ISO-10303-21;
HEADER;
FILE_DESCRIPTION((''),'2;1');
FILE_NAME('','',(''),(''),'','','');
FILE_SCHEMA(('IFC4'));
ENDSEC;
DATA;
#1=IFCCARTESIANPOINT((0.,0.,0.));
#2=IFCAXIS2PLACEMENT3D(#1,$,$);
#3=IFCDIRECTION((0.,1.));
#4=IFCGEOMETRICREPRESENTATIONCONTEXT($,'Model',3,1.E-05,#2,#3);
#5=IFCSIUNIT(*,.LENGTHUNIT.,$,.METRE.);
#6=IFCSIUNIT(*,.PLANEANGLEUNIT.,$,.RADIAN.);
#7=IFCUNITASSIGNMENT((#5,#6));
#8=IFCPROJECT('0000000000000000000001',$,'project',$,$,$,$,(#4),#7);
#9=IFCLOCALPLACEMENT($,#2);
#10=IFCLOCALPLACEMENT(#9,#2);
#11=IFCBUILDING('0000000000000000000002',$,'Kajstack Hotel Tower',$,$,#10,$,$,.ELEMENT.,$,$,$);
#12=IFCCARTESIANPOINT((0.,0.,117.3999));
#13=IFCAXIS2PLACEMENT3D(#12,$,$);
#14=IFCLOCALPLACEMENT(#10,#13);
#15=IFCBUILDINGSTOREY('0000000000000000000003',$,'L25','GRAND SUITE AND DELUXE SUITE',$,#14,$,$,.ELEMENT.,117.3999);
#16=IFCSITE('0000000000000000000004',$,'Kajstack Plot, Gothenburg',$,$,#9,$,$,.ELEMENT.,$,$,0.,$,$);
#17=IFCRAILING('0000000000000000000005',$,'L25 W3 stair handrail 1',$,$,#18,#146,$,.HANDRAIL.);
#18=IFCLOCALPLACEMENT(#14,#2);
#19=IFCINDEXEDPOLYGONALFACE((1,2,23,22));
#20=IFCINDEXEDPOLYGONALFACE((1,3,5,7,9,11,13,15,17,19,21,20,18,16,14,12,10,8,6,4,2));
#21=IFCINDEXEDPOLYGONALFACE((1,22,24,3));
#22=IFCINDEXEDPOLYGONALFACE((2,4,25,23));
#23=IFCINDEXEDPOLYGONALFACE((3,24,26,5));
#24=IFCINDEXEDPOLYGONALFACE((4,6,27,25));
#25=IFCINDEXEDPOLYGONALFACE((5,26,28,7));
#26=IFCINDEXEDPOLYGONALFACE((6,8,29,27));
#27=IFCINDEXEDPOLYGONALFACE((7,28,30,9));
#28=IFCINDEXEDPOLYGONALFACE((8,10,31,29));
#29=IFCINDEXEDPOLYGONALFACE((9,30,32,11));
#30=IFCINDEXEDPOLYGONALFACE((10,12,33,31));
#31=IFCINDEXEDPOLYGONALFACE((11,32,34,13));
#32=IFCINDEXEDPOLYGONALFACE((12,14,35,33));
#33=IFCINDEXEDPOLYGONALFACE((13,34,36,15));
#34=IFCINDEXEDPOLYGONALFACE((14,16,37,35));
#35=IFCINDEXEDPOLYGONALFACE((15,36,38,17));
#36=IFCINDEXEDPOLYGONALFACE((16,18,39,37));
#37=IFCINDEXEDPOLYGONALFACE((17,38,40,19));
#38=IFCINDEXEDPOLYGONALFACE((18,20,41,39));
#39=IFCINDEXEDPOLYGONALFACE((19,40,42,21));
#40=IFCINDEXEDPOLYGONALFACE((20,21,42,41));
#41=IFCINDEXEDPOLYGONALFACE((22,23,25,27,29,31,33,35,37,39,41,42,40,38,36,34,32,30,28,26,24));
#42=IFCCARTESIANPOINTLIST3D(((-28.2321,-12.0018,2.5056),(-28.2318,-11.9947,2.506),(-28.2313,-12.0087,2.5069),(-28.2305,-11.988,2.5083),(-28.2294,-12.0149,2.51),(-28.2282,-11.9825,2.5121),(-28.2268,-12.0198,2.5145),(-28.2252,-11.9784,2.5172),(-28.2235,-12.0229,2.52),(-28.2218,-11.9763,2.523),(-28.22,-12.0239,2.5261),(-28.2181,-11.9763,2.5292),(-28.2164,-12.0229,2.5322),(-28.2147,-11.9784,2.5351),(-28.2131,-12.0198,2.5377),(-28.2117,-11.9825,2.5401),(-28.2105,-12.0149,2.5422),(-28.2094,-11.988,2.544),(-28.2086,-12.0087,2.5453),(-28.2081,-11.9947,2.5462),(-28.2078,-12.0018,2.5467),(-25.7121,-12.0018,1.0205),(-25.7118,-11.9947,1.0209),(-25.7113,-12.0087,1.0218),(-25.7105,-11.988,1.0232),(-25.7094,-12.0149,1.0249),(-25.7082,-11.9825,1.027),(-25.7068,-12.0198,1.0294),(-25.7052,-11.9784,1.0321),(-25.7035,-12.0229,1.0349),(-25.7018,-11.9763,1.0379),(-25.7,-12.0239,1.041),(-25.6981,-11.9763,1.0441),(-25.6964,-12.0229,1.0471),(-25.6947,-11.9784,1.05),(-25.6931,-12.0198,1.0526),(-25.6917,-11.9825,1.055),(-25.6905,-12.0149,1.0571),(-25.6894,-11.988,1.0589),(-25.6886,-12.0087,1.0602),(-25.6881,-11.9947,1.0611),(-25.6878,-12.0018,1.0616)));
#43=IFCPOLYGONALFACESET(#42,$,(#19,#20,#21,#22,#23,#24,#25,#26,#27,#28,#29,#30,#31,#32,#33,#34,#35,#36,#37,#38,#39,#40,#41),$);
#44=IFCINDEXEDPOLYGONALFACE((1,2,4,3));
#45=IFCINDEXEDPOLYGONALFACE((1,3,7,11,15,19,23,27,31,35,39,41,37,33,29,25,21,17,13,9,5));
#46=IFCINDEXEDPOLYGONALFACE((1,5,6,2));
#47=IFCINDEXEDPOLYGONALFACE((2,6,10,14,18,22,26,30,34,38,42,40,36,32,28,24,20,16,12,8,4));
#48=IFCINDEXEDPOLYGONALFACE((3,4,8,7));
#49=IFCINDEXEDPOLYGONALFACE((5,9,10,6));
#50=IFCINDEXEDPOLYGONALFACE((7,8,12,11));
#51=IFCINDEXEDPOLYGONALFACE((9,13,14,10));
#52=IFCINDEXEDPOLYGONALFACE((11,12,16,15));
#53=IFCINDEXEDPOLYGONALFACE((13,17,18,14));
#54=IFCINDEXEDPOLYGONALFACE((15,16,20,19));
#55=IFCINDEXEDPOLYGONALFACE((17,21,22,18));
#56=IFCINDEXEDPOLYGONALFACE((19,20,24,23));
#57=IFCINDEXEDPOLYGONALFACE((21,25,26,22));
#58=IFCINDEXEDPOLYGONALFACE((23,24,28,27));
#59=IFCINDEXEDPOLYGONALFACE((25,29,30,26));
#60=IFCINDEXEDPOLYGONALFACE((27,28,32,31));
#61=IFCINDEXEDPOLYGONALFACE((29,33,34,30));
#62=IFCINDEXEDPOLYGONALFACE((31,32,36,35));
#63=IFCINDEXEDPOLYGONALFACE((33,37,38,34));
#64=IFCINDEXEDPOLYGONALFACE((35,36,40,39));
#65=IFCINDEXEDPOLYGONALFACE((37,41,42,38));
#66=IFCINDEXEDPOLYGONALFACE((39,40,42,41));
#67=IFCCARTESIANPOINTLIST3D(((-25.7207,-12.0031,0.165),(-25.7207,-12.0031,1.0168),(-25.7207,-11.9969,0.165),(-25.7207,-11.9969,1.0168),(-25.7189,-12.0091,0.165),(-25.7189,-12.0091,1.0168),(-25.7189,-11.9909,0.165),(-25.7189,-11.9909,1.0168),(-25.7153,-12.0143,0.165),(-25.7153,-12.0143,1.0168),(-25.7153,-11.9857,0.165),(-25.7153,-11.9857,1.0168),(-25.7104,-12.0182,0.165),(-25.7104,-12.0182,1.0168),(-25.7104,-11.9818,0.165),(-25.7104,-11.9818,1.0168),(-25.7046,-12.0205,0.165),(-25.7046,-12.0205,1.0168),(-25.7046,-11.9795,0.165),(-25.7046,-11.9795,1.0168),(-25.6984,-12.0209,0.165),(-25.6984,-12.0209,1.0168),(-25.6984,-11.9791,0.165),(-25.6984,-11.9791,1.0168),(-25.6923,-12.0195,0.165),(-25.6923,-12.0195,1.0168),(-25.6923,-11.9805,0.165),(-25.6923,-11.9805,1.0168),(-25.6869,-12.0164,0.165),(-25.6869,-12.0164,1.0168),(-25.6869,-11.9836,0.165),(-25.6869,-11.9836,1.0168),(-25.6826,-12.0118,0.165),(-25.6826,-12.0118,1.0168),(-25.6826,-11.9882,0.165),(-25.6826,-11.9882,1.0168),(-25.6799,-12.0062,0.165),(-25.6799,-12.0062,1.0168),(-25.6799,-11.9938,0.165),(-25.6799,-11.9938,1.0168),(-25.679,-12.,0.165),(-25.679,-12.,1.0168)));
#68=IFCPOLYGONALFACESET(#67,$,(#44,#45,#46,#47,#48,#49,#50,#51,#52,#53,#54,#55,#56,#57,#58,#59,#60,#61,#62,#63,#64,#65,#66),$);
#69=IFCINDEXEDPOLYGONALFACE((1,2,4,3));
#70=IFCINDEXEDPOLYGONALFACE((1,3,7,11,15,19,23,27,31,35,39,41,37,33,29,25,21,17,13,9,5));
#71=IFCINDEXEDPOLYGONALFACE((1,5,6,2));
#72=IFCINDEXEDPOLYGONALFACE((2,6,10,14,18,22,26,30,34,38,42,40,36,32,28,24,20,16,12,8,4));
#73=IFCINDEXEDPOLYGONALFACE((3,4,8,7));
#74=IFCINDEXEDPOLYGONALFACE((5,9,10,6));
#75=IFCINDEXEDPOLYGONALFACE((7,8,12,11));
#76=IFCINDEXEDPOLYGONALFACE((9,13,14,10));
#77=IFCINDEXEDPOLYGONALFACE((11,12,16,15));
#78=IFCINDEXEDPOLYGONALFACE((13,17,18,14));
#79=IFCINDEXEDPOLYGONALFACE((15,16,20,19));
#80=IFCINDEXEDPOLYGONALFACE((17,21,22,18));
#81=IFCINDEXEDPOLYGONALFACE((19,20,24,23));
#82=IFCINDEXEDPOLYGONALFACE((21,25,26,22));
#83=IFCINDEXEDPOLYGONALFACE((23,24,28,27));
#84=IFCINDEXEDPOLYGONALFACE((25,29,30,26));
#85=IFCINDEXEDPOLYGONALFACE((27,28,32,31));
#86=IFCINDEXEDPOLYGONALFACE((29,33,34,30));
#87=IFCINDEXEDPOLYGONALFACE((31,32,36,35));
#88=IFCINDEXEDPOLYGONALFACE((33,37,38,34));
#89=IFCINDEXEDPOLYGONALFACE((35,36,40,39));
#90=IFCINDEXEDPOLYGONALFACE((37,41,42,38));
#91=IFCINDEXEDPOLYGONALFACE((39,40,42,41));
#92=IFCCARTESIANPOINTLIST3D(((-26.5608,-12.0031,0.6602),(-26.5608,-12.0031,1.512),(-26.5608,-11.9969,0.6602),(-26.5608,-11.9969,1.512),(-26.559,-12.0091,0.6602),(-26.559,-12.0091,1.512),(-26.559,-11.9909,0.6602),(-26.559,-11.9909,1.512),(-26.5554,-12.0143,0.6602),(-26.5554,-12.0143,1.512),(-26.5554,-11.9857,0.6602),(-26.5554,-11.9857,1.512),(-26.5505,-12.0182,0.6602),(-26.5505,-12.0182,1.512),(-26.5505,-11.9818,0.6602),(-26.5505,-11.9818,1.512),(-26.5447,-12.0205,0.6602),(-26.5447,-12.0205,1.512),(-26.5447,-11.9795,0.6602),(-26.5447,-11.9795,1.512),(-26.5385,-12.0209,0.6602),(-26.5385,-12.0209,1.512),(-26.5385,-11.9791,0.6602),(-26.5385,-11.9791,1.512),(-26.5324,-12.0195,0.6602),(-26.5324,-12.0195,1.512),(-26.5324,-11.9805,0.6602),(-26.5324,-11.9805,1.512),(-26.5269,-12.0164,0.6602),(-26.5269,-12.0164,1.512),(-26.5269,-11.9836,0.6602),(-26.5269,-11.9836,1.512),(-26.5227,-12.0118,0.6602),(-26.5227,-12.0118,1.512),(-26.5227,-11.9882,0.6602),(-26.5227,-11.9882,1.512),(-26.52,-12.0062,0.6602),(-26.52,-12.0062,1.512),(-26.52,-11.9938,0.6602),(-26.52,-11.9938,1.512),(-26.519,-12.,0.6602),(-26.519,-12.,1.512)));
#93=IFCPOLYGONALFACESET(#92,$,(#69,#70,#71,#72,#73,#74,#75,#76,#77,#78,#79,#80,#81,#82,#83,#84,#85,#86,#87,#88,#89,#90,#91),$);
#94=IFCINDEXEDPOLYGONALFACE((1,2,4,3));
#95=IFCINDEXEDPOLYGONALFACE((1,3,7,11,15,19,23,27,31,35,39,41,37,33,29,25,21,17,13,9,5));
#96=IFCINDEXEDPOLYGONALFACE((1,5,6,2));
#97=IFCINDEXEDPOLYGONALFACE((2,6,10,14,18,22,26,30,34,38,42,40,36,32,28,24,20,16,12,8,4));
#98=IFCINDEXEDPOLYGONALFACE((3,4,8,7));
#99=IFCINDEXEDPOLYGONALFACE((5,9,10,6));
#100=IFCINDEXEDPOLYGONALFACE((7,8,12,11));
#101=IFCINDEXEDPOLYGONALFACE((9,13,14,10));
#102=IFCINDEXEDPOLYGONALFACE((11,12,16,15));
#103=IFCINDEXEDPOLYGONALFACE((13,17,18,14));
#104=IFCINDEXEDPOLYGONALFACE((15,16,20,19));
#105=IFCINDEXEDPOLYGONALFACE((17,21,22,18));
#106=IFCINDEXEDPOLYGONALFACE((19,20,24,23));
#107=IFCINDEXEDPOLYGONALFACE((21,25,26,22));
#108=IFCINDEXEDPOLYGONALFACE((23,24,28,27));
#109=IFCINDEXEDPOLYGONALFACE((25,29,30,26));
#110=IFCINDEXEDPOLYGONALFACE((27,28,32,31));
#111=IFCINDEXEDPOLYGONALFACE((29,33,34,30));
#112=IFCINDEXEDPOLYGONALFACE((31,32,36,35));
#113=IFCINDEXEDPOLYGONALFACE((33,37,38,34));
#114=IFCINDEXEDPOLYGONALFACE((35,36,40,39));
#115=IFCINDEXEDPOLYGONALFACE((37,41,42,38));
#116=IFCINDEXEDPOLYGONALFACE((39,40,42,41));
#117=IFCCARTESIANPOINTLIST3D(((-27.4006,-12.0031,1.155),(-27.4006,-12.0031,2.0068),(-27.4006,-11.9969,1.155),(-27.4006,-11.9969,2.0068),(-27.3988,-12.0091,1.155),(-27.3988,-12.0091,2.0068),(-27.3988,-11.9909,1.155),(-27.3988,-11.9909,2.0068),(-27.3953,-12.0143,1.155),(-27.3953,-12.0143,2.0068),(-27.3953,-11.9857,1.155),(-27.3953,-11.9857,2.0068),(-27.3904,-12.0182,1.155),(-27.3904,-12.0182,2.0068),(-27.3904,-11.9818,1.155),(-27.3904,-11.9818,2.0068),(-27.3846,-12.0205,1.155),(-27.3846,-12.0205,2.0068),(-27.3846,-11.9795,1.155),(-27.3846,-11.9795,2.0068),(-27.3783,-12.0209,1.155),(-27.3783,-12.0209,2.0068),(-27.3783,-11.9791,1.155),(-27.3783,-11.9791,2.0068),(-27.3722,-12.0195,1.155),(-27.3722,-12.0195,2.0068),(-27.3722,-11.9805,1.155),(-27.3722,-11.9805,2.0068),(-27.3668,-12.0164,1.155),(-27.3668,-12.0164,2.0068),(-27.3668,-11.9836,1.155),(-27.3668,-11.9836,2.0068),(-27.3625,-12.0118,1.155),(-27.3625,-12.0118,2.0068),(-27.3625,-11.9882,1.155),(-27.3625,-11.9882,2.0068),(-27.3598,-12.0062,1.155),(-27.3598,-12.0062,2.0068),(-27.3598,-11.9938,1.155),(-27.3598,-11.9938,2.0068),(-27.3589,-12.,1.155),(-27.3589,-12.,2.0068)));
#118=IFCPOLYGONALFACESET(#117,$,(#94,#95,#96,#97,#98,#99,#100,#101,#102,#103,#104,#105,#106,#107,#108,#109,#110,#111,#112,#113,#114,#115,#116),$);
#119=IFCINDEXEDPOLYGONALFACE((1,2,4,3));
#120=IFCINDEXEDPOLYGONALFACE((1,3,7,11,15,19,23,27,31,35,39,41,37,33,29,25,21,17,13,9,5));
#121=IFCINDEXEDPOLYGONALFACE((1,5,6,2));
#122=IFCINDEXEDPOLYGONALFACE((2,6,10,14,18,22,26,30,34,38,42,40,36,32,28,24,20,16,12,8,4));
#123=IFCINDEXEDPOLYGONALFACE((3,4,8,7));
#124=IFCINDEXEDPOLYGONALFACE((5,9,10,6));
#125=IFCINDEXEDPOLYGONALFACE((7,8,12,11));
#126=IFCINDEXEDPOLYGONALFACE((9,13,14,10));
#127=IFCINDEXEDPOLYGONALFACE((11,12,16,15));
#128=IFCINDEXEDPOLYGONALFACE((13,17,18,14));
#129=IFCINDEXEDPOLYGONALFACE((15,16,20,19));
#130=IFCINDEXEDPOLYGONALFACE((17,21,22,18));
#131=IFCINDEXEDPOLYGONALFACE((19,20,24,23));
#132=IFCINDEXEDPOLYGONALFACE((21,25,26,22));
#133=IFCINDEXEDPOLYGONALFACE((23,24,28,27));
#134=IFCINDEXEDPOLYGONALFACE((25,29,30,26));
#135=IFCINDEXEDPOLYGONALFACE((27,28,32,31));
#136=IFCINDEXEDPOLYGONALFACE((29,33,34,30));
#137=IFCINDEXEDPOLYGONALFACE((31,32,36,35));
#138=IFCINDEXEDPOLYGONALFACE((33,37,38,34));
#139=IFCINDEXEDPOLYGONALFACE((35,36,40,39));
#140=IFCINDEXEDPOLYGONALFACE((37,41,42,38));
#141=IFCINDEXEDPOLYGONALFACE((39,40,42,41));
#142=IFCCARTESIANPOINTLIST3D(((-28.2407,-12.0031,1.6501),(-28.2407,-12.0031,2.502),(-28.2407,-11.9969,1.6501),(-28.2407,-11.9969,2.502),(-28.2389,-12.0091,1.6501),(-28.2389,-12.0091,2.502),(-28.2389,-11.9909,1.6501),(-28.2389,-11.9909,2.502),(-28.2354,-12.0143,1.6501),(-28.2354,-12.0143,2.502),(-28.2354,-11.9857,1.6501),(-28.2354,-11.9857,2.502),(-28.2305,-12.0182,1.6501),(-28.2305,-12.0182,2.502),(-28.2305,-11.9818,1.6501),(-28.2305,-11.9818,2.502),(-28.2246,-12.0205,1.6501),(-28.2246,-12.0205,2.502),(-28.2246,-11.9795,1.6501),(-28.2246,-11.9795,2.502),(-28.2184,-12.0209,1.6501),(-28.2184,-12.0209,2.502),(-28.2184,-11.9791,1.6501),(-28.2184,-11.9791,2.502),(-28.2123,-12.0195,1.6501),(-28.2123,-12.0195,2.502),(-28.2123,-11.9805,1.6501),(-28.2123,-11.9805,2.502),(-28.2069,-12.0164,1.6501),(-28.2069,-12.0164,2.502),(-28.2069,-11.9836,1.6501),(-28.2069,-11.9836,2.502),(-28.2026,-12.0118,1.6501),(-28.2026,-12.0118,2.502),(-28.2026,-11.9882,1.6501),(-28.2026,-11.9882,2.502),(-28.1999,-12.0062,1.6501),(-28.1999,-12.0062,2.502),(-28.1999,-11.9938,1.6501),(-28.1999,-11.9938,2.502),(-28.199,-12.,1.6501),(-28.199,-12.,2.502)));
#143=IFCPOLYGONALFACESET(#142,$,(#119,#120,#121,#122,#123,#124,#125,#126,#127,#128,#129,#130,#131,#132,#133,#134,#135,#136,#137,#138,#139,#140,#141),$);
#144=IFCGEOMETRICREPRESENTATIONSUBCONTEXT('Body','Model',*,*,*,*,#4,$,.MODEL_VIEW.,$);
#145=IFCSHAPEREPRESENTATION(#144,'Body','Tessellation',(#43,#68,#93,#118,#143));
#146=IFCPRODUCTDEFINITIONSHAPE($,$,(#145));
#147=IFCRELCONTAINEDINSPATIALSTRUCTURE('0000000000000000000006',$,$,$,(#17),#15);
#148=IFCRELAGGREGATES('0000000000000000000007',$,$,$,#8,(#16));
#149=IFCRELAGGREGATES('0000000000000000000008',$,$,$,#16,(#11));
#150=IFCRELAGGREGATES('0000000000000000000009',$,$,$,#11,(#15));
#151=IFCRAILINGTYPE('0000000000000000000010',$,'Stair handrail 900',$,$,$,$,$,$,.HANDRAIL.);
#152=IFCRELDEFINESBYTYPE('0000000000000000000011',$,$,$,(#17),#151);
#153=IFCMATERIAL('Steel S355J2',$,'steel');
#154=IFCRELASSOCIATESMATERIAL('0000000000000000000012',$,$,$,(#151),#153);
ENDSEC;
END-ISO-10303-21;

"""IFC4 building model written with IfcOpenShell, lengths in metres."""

from ifc_helpers import new_model, si_unit, direction, frame, origin, origin_2d, place, context, subcontext, project, spatial, circle, extrude, material, type_object, element, save


model = new_model("IFC4")

# Units and contexts
model_context = context("Model", 3, precision=1e-05, world=origin(), true_north=direction((0.0, 1.0)))
body_context = subcontext(model_context, "Body", "Model", "MODEL_VIEW")
ifc_project = project(units=[si_unit("LENGTHUNIT", "METRE"), si_unit("PLANEANGLEUNIT", "RADIAN")], contexts=[model_context])

# Site, building, storey
site_placement = place(None, origin())
site = spatial("IfcSite", under=ifc_project, at=site_placement, Name="Kajstack Plot, Gothenburg", CompositionType="ELEMENT", RefElevation=0.0)
building_placement = place(site_placement, origin())
building = spatial("IfcBuilding", under=site, at=building_placement, Name="Kajstack Hotel Tower", CompositionType="ELEMENT")
storey_placement = place(building_placement, frame((0.0, 0.0, 117.3999)))
storey = spatial("IfcBuildingStorey", under=building, at=storey_placement, Name="L25", Description="GRAND SUITE AND DELUXE SUITE", CompositionType="ELEMENT", Elevation=117.3999)

# Railing
ifc_material_1 = material(Name="Steel S355J2", Category="steel")
railing_type_1 = type_object("IfcRailingType", Name="Stair handrail 900", PredefinedType="HANDRAIL", material=ifc_material_1)
railing_1_placement = place(storey_placement, frame((-25.7, -12.0, 0.165)))
element("IfcRailing", 1, at=railing_1_placement, inside=storey, type_object=railing_type_1, Name="L25 W3 stair handrail 1", PredefinedType="HANDRAIL", context=body_context, shape_type="SweptSolid", body=[
    extrude(circle(Radius=0.0239, at=origin_2d()), frame((0.0, 0.0, 0.876), z_axis=(-0.861524, 0.0, 0.507717), x_axis=(0.0, -1.0, 0.0)), (0.0, 0.0, 1.0), 2.925),
    extrude(circle(Radius=0.021, at=origin_2d()), origin(), (0.0, 0.0, 1.0), 0.8518),
    extrude(circle(Radius=0.021, at=origin_2d()), frame((-0.8401, 0.0, 0.4951)), (0.0, 0.0, 1.0), 0.8518),
    extrude(circle(Radius=0.021, at=origin_2d()), frame((-1.6799, 0.0, 0.99)), (0.0, 0.0, 1.0), 0.8518),
    extrude(circle(Radius=0.021, at=origin_2d()), frame((-2.52, 0.0, 1.4851)), (0.0, 0.0, 1.0), 0.8518),
])

save(model, "model.ifc")
